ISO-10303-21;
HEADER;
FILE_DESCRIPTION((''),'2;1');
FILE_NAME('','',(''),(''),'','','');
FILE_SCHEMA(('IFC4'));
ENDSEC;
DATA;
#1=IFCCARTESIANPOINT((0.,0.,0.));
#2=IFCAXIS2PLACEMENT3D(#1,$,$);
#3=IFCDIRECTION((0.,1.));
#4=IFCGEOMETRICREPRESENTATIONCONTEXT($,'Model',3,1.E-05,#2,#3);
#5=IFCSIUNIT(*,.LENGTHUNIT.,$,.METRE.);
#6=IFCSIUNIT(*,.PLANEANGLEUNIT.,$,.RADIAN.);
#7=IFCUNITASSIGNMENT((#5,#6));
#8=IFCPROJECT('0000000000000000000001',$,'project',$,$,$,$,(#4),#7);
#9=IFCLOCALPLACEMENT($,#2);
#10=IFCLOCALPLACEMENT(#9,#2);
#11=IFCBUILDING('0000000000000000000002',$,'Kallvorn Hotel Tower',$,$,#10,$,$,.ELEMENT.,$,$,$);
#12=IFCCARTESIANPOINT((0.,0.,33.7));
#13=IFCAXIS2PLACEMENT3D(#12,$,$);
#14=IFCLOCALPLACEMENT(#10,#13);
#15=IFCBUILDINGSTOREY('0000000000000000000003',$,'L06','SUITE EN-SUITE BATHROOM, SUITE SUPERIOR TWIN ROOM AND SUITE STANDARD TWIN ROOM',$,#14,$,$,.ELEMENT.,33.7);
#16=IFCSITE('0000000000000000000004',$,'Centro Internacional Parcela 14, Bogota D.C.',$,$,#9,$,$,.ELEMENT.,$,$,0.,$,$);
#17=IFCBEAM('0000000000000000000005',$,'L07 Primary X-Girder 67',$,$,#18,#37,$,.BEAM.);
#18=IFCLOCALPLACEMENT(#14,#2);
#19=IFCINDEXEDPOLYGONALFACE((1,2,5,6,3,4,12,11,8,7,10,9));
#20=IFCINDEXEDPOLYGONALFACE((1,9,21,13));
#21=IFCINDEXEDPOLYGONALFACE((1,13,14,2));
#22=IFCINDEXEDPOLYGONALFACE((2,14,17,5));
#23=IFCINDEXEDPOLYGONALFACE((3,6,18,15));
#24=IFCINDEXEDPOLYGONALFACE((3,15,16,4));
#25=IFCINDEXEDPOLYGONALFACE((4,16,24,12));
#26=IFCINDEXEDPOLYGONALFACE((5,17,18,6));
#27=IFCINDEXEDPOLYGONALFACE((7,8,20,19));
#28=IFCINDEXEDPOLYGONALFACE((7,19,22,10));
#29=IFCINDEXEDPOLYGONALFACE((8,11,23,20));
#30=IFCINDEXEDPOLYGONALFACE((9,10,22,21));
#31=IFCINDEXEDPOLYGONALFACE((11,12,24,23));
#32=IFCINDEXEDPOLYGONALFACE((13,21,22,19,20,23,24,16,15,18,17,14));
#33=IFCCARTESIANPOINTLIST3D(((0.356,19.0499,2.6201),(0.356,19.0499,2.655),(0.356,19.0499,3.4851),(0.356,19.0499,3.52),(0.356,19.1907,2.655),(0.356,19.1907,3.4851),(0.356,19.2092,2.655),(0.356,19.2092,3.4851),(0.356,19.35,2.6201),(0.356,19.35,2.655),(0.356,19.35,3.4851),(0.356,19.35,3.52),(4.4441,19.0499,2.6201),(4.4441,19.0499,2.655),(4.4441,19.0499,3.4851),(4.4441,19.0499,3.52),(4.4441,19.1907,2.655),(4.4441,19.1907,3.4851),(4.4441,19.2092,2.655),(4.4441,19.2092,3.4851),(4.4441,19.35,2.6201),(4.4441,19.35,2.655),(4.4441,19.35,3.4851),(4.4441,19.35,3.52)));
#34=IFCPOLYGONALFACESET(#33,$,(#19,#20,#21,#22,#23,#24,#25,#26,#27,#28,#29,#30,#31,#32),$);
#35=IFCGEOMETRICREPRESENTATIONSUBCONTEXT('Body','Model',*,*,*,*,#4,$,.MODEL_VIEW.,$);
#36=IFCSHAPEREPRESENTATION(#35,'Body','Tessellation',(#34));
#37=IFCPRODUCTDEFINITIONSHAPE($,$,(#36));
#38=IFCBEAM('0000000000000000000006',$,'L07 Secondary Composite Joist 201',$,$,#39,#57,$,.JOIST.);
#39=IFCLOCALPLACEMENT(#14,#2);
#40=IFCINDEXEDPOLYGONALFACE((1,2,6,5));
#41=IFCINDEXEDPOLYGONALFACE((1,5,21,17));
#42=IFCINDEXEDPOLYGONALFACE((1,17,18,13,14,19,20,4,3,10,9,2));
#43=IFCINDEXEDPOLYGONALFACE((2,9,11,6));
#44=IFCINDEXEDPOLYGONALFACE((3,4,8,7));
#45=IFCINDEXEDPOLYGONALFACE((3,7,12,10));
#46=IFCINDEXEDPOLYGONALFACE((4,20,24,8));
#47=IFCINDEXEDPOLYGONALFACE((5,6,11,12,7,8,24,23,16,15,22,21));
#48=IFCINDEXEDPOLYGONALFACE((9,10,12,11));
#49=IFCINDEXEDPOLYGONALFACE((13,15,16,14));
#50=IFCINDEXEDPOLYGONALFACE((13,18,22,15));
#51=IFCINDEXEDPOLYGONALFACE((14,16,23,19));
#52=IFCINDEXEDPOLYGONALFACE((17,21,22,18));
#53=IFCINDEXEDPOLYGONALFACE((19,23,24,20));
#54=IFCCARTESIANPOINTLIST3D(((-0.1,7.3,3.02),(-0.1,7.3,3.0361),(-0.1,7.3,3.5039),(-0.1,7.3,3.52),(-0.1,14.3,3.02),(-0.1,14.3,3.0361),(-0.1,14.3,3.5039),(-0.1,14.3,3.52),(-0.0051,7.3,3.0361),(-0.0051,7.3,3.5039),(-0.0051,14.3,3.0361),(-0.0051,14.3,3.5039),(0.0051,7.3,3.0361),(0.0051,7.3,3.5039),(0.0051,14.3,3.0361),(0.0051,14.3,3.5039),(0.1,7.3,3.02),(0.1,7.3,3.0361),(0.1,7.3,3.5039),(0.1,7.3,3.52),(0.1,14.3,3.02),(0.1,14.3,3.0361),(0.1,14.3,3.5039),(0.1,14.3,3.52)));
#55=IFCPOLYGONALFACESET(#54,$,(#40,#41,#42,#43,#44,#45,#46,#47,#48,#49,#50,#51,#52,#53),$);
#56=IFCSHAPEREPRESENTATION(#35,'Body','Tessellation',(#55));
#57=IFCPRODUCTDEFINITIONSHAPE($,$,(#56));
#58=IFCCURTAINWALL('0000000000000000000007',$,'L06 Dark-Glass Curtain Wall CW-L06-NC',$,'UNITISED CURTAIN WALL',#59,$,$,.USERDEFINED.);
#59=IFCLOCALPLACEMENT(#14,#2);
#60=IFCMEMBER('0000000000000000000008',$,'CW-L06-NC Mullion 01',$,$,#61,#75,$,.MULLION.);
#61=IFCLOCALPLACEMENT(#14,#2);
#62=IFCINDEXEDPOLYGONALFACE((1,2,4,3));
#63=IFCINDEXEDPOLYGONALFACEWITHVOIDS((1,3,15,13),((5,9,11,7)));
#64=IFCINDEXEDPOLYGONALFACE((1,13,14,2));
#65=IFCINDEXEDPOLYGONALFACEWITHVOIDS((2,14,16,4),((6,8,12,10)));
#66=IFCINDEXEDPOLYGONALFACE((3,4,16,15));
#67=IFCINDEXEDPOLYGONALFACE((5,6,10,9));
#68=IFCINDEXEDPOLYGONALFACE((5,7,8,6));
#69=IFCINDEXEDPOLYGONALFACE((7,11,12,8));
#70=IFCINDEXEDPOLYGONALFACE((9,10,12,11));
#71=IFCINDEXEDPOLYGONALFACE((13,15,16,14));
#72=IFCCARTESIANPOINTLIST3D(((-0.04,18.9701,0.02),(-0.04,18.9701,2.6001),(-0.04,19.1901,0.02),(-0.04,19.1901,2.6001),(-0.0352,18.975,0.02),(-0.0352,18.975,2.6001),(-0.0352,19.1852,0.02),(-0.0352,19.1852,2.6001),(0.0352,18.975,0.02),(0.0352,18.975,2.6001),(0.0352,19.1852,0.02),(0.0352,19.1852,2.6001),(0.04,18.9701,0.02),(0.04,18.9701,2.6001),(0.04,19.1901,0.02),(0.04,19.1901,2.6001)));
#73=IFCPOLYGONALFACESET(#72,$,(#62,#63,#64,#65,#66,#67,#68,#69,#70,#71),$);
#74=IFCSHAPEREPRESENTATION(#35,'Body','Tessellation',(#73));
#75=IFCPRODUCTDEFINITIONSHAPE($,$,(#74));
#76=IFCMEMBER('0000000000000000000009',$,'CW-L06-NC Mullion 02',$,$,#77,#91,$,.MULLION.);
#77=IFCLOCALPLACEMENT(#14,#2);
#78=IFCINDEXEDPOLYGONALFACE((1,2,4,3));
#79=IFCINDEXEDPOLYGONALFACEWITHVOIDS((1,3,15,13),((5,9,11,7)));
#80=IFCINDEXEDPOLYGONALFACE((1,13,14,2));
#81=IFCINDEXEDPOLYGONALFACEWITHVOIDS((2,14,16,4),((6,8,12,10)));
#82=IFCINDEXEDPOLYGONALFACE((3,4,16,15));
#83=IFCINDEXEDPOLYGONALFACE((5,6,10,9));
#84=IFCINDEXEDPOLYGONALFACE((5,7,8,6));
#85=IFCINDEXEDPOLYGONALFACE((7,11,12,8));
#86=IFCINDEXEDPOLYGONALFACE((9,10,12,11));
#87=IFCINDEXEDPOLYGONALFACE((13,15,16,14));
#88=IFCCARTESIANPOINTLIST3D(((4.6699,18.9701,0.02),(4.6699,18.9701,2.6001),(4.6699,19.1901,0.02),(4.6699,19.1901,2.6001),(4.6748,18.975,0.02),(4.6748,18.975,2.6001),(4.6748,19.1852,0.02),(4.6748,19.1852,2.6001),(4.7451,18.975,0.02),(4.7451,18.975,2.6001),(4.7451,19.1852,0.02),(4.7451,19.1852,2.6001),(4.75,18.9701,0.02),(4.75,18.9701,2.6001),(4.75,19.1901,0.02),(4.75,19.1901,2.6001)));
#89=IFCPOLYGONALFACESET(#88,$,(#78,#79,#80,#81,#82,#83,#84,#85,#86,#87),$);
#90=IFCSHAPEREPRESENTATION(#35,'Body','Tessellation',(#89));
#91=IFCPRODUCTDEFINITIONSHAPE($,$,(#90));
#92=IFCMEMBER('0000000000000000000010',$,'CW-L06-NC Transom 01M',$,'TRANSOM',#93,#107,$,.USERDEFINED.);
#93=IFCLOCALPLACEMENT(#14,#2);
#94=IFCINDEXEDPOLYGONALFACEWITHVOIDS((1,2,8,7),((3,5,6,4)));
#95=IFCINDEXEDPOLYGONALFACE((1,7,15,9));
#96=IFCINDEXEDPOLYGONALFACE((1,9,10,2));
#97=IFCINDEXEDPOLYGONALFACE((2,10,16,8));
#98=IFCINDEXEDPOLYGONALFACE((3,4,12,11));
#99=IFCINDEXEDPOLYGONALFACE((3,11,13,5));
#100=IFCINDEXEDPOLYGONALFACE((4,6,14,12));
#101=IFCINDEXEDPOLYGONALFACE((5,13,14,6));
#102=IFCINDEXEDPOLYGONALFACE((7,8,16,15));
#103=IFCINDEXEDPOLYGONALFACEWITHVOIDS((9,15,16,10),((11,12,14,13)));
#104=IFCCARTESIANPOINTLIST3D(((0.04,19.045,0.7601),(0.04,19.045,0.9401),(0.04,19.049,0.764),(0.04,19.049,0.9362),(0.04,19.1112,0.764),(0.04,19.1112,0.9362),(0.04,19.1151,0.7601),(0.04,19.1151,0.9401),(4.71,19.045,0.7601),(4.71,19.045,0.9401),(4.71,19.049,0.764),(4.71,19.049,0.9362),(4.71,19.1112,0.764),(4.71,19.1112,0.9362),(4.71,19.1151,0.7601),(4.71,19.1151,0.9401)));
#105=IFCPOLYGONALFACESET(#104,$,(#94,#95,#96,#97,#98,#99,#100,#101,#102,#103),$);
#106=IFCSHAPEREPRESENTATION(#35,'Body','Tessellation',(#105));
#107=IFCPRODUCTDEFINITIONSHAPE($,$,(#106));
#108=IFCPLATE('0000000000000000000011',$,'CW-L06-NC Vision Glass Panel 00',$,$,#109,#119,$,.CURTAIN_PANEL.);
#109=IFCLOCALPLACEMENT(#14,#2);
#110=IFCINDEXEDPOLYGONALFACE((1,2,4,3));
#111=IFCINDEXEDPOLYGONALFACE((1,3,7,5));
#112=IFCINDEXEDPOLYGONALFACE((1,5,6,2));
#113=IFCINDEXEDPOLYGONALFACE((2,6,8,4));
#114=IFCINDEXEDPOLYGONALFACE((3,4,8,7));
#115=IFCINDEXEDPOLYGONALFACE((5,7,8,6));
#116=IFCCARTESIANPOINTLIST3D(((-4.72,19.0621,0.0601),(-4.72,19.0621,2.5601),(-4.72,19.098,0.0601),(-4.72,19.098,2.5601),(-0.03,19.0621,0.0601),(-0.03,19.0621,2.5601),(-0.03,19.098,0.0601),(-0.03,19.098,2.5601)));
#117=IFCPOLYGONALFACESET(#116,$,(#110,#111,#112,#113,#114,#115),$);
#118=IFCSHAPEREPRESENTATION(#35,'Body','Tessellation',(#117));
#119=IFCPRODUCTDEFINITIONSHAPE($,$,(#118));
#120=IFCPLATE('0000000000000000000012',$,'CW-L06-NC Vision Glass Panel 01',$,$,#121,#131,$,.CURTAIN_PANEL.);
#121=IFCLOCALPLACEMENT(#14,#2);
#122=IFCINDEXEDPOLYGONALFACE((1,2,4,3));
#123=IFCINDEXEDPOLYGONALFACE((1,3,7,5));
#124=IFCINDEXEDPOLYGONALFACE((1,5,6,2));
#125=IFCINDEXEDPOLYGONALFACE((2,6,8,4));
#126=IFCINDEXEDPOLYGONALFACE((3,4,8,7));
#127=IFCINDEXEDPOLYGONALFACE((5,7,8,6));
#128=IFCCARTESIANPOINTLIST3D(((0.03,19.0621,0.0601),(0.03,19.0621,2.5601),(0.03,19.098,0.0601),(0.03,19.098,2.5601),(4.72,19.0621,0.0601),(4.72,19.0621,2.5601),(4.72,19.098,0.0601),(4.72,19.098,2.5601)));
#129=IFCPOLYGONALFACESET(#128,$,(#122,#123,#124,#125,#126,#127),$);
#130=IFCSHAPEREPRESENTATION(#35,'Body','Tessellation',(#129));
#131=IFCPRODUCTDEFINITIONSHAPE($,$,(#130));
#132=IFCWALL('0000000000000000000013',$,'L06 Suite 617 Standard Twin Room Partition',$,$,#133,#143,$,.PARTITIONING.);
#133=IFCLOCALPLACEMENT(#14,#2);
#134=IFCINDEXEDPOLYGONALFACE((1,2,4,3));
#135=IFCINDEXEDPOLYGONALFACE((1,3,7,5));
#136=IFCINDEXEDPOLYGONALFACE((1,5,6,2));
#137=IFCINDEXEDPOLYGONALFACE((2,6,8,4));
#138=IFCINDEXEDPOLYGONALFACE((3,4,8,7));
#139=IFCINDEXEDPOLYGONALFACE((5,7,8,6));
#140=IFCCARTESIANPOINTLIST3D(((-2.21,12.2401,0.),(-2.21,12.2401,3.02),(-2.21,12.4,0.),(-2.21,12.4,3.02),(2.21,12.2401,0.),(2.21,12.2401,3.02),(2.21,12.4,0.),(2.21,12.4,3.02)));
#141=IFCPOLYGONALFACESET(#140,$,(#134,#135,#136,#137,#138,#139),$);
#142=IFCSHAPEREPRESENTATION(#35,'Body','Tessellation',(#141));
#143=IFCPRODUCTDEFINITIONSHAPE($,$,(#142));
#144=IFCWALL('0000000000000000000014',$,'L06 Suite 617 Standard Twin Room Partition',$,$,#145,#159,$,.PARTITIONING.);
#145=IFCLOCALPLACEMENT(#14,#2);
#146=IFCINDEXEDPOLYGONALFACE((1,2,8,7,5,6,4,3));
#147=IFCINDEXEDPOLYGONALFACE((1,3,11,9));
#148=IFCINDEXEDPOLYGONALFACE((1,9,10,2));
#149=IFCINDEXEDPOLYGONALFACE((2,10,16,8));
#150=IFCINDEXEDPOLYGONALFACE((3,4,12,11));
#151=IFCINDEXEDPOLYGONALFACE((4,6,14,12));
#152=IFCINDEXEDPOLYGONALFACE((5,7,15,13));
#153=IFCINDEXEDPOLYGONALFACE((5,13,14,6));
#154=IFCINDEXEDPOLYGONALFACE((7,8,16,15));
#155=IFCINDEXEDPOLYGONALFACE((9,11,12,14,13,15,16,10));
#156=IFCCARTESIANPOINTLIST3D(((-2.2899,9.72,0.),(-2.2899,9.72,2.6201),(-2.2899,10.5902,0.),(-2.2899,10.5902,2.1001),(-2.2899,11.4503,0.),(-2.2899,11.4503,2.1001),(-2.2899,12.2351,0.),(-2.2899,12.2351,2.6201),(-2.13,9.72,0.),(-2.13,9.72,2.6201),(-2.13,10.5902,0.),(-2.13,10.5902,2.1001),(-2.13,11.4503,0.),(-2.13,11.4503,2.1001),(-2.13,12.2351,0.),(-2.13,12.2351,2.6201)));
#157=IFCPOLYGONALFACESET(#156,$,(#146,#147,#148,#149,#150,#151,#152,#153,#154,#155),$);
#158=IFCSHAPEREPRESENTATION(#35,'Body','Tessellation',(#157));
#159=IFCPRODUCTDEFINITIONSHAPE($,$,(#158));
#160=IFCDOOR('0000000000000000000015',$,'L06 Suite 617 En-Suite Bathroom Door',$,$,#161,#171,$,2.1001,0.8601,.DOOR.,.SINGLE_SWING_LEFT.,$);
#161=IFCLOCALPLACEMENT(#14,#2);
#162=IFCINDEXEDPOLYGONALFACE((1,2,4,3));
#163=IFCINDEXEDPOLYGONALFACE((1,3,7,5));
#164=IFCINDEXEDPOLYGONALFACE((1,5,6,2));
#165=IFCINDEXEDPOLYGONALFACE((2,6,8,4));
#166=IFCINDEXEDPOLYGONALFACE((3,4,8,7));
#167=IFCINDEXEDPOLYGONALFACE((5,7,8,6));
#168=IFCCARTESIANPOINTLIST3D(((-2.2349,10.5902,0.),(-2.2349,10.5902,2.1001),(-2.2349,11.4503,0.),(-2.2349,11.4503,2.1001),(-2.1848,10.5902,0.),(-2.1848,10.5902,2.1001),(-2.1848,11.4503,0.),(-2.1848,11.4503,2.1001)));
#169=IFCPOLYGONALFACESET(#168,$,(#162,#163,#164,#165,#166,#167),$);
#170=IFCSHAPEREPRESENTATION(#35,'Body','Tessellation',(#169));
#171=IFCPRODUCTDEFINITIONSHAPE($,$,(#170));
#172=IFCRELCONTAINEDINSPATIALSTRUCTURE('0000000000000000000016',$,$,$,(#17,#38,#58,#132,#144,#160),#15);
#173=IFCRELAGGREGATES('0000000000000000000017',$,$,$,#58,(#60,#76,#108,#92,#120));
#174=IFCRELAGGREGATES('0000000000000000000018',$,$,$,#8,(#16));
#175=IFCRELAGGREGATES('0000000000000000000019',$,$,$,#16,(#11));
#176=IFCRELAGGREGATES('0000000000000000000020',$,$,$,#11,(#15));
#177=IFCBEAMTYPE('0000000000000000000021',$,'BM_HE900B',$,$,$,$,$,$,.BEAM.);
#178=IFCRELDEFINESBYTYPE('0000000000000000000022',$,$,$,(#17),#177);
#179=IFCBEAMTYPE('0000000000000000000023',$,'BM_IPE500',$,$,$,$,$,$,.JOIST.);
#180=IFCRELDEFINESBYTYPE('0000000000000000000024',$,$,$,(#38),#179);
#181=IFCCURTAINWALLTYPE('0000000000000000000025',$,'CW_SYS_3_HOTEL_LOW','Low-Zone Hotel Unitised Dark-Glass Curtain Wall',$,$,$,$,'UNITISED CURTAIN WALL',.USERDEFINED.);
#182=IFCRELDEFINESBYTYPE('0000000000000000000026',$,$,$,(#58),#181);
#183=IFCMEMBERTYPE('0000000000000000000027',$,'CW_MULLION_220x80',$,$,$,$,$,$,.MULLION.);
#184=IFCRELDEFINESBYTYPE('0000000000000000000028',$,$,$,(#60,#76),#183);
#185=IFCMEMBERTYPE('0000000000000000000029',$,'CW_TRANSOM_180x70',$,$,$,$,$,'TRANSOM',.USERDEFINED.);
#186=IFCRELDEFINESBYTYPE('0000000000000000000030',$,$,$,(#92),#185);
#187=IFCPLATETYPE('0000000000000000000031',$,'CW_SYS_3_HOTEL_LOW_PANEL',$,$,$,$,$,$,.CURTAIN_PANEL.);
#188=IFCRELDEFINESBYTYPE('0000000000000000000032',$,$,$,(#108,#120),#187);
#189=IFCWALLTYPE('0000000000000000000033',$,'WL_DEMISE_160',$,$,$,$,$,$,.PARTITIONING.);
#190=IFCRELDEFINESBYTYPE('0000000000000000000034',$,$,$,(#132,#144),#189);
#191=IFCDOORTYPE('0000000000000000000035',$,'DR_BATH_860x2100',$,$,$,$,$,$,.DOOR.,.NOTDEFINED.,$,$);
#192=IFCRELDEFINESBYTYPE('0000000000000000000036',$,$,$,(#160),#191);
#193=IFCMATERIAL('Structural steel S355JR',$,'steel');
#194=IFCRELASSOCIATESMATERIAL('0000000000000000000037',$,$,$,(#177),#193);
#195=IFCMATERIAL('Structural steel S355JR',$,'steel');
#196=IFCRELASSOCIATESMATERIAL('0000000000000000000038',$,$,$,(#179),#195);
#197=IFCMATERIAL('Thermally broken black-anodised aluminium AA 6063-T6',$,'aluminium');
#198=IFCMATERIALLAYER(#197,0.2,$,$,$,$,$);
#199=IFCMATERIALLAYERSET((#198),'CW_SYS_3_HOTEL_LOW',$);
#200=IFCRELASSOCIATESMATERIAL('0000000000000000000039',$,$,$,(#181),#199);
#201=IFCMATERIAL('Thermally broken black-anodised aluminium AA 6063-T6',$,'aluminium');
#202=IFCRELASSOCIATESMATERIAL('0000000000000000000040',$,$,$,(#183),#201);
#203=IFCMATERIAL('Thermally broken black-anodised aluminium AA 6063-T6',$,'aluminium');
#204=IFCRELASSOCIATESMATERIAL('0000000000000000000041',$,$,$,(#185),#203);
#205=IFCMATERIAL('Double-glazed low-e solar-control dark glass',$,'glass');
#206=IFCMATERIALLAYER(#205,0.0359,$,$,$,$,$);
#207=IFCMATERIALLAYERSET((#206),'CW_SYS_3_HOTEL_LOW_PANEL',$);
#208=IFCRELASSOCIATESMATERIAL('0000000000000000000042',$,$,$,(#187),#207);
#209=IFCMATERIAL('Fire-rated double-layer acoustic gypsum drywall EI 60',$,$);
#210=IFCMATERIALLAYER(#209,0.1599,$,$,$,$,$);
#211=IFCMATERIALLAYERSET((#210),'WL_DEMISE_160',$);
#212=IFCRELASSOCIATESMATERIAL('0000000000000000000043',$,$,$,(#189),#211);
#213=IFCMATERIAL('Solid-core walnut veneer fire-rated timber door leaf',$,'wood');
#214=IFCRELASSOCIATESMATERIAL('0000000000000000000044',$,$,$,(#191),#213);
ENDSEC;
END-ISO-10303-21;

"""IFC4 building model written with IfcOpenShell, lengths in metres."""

from ifc_helpers import new_model, si_unit, direction, frame, frame_2d, origin, origin_2d, place, context, subcontext, project, spatial, rectangle, hollow_rectangle, i_section, extrude, material, layer, layer_set, material_profile, profile_set, type_object, element, fill, aggregate, save


model = new_model("IFC4")

# Units and contexts
model_context = context("Model", 3, precision=1e-05, world=origin(), true_north=direction((0.0, 1.0)))
body_context = subcontext(model_context, "Body", "Model", "MODEL_VIEW")
ifc_project = project(units=[si_unit("LENGTHUNIT", "METRE"), si_unit("PLANEANGLEUNIT", "RADIAN")], contexts=[model_context])

# Site, building, storey
site_placement = place(None, origin())
site = spatial("IfcSite", under=ifc_project, at=site_placement, Name="Centro Internacional Parcela 14, Bogota D.C.", CompositionType="ELEMENT", RefElevation=0.0)
building_placement = place(site_placement, origin())
building = spatial("IfcBuilding", under=site, at=building_placement, Name="Kallvorn Hotel Tower", CompositionType="ELEMENT")
storey_placement = place(building_placement, frame((0.0, 0.0, 33.7)))
storey = spatial("IfcBuildingStorey", under=building, at=storey_placement, Name="L06", Description="SUITE EN-SUITE BATHROOM, SUITE SUPERIOR TWIN ROOM AND SUITE STANDARD TWIN ROOM", CompositionType="ELEMENT", Elevation=33.7)

# Beams
ifc_material_1 = material(Name="Structural steel S355JR", Category="steel")
ifc_material_profile_1 = material_profile(ifc_material_1, i_section(OverallWidth=0.3, OverallDepth=0.8999, WebThickness=0.0186, FlangeThickness=0.0349, at=origin_2d()), Name="HE 900 B")
ifc_profile_set_1 = profile_set([ifc_material_profile_1], Name="Structural steel S355JR")
beam_type_1 = type_object("IfcBeamType", Name="BM_HE900B", PredefinedType="BEAM", material=ifc_profile_set_1)
beam_1_placement = place(storey_placement, frame((0.356, 19.2, 3.0701), z_axis=(1.0, 0.0, 0.0), x_axis=(0.0, 1.0, 0.0)))
element("IfcBeam", 1, at=beam_1_placement, inside=storey, type_object=beam_type_1, Name="L07 Primary X-Girder 67", PredefinedType="BEAM", context=body_context, shape_type="SweptSolid", body=[
    extrude(i_section(OverallWidth=0.3, OverallDepth=0.8999, WebThickness=0.0186, FlangeThickness=0.0349, at=origin_2d()), origin(), (0.0, 0.0, 1.0), 4.0881),
])
ifc_material_2 = material(Name="Structural steel S355JR", Category="steel")
ifc_material_profile_2 = material_profile(ifc_material_2, i_section(OverallWidth=0.2, OverallDepth=0.5, WebThickness=0.0103, FlangeThickness=0.0161, at=origin_2d()), Name="IPE 500")
ifc_profile_set_2 = profile_set([ifc_material_profile_2], Name="Structural steel S355JR")
beam_type_2 = type_object("IfcBeamType", Name="BM_IPE500", PredefinedType="JOIST", material=ifc_profile_set_2)
beam_2_placement = place(storey_placement, frame((0.0, 7.3, 3.27), z_axis=(0.0, 1.0, 0.0), x_axis=(-1.0, 0.0, 0.0)))
element("IfcBeam", 2, at=beam_2_placement, inside=storey, type_object=beam_type_2, Name="L07 Secondary Composite Joist 201", PredefinedType="JOIST", context=body_context, shape_type="SweptSolid", body=[
    extrude(i_section(OverallWidth=0.2, OverallDepth=0.5, WebThickness=0.0103, FlangeThickness=0.0161, at=origin_2d()), origin(), (0.0, 0.0, 1.0), 7.0),
])

# Curtain wall, members, plates
ifc_material_3 = material(Name="Thermally broken black-anodised aluminium AA 6063-T6", Category="aluminium")
ifc_layer_1 = layer(ifc_material_3, 0.2)
ifc_layer_set_1 = layer_set([ifc_layer_1], Name="CW_SYS_3_HOTEL_LOW")
curtain_wall_type = type_object("IfcCurtainWallType", Name="CW_SYS_3_HOTEL_LOW", Description="Low-Zone Hotel Unitised Dark-Glass Curtain Wall", ElementType="UNITISED CURTAIN WALL", PredefinedType="USERDEFINED", material=ifc_layer_set_1)
curtain_wall_placement = place(storey_placement, origin())
curtain_wall = element("IfcCurtainWall", 3, at=curtain_wall_placement, inside=storey, type_object=curtain_wall_type, Name="L06 Dark-Glass Curtain Wall CW-L06-NC", ObjectType="UNITISED CURTAIN WALL", PredefinedType="USERDEFINED")
ifc_material_4 = material(Name="Thermally broken black-anodised aluminium AA 6063-T6", Category="aluminium")
ifc_material_profile_3 = material_profile(ifc_material_4, hollow_rectangle(XDim=0.0801, YDim=0.22, WallThickness=0.0049, at=origin_2d()), Name="MUL 220x80")
ifc_profile_set_3 = profile_set([ifc_material_profile_3], Name="Thermally broken black-anodised aluminium AA 6063-T6")
member_type_1 = type_object("IfcMemberType", Name="CW_MULLION_220x80", PredefinedType="MULLION", material=ifc_profile_set_3)
member_1_placement = place(storey_placement, frame((0.0, 19.0801, 0.02), z_axis=(0.0, 0.0, 1.0), x_axis=(1.0, 0.0, 0.0)))
member_1 = element("IfcMember", 4, at=member_1_placement, type_object=member_type_1, Name="CW-L06-NC Mullion 01", PredefinedType="MULLION", context=body_context, shape_type="SweptSolid", body=[
    extrude(hollow_rectangle(XDim=0.0801, YDim=0.22, WallThickness=0.0049, at=origin_2d()), origin(), (0.0, 0.0, 1.0), 2.5801),
])
member_2_placement = place(storey_placement, frame((4.71, 19.0801, 0.02), z_axis=(0.0, 0.0, 1.0), x_axis=(1.0, 0.0, 0.0)))
member_2 = element("IfcMember", 5, at=member_2_placement, type_object=member_type_1, Name="CW-L06-NC Mullion 02", PredefinedType="MULLION", context=body_context, shape_type="SweptSolid", body=[
    extrude(hollow_rectangle(XDim=0.0801, YDim=0.22, WallThickness=0.0049, at=origin_2d()), origin(), (0.0, 0.0, 1.0), 2.5801),
])
ifc_material_5 = material(Name="Thermally broken black-anodised aluminium AA 6063-T6", Category="aluminium")
ifc_material_profile_4 = material_profile(ifc_material_5, hollow_rectangle(XDim=0.0701, YDim=0.1799, WallThickness=0.0039, at=origin_2d()), Name="TRN 180x70")
ifc_profile_set_4 = profile_set([ifc_material_profile_4], Name="Thermally broken black-anodised aluminium AA 6063-T6")
member_type_2 = type_object("IfcMemberType", Name="CW_TRANSOM_180x70", ElementType="TRANSOM", PredefinedType="USERDEFINED", material=ifc_profile_set_4)
member_3_placement = place(storey_placement, frame((0.04, 19.0801, 0.8501), z_axis=(1.0, 0.0, 0.0), x_axis=(0.0, 1.0, 0.0)))
member_3 = element("IfcMember", 6, at=member_3_placement, type_object=member_type_2, Name="CW-L06-NC Transom 01M", ObjectType="TRANSOM", PredefinedType="USERDEFINED", context=body_context, shape_type="SweptSolid", body=[
    extrude(hollow_rectangle(XDim=0.0701, YDim=0.1799, WallThickness=0.0039, at=origin_2d()), origin(), (0.0, 0.0, 1.0), 4.6699),
])
ifc_material_6 = material(Name="Double-glazed low-e solar-control dark glass", Category="glass")
ifc_layer_2 = layer(ifc_material_6, 0.0359)
ifc_layer_set_2 = layer_set([ifc_layer_2], Name="CW_SYS_3_HOTEL_LOW_PANEL")
plate_type = type_object("IfcPlateType", Name="CW_SYS_3_HOTEL_LOW_PANEL", PredefinedType="CURTAIN_PANEL", material=ifc_layer_set_2)
plate_1_placement = place(storey_placement, frame((-2.375, 19.0801, 0.0601), z_axis=(0.0, 0.0, 1.0), x_axis=(1.0, 0.0, 0.0)))
plate_1 = element("IfcPlate", 7, at=plate_1_placement, type_object=plate_type, Name="CW-L06-NC Vision Glass Panel 00", PredefinedType="CURTAIN_PANEL", context=body_context, shape_type="SweptSolid", body=[
    extrude(rectangle(XDim=4.6899, YDim=0.0359, at=origin_2d()), origin(), (0.0, 0.0, 1.0), 2.5),
])
plate_2_placement = place(storey_placement, frame((2.375, 19.0801, 0.0601), z_axis=(0.0, 0.0, 1.0), x_axis=(1.0, 0.0, 0.0)))
plate_2 = element("IfcPlate", 8, at=plate_2_placement, type_object=plate_type, Name="CW-L06-NC Vision Glass Panel 01", PredefinedType="CURTAIN_PANEL", context=body_context, shape_type="SweptSolid", body=[
    extrude(rectangle(XDim=4.6899, YDim=0.0359, at=origin_2d()), origin(), (0.0, 0.0, 1.0), 2.5),
])
aggregate(curtain_wall, [member_1, member_2, plate_1, member_3, plate_2])

# Wall
ifc_material_7 = material(Name="Fire-rated double-layer acoustic gypsum drywall EI 60")
ifc_layer_3 = layer(ifc_material_7, 0.1599)
ifc_layer_set_3 = layer_set([ifc_layer_3], Name="WL_DEMISE_160")
wall_type_1 = type_object("IfcWallType", Name="WL_DEMISE_160", PredefinedType="PARTITIONING", material=ifc_layer_set_3)
wall_1_placement = place(storey_placement, frame((-2.21, 12.3201, 0.0), z_axis=(0.0, 0.0, 1.0), x_axis=(1.0, 0.0, 0.0)))
element("IfcWall", 9, at=wall_1_placement, inside=storey, type_object=wall_type_1, Name="L06 Suite 617 Standard Twin Room Partition", PredefinedType="PARTITIONING", context=body_context, shape_type="SweptSolid", body=[
    extrude(rectangle(XDim=4.4199, YDim=0.1599, at=frame_2d((2.21, 0.0))), origin(), (0.0, 0.0, 1.0), 3.02),
])

# Wall, opening, door
wall_2_placement = place(storey_placement, frame((-2.21, 9.72, 0.0), z_axis=(0.0, 0.0, 1.0), x_axis=(0.0, 1.0, 0.0)))
wall_2 = element("IfcWall", 10, at=wall_2_placement, inside=storey, type_object=wall_type_1, Name="L06 Suite 617 Standard Twin Room Partition", PredefinedType="PARTITIONING", context=body_context, shape_type="SweptSolid", body=[
    extrude(rectangle(XDim=2.5151, YDim=0.1599, at=frame_2d((1.2576, 0.0))), origin(), (0.0, 0.0, 1.0), 2.6201),
])
opening_1_placement = place(wall_2_placement, frame((0.8701, 0.0, 0.0)))
opening_1 = element("IfcOpeningElement", 11, at=opening_1_placement, cuts=wall_2, PredefinedType="OPENING", context=body_context, shape_type="SweptSolid", body=[
    extrude(rectangle(XDim=0.8601, YDim=2.1001, at=frame_2d((0.4302, 1.05))), frame((0.0, 0.095, 0.0), z_axis=(0.0, -1.0, 0.0), x_axis=(1.0, 0.0, 0.0)), (0.0, 0.0, 1.0), 0.1899),
])
ifc_material_8 = material(Name="Solid-core walnut veneer fire-rated timber door leaf", Category="wood")
door_type = type_object("IfcDoorType", Name="DR_BATH_860x2100", OperationType="NOTDEFINED", PredefinedType="DOOR", material=ifc_material_8)
door_1_placement = place(opening_1_placement, origin())
door_1 = element("IfcDoor", 12, at=door_1_placement, inside=storey, type_object=door_type, Name="L06 Suite 617 En-Suite Bathroom Door", OperationType="SINGLE_SWING_LEFT", OverallHeight=2.1001, OverallWidth=0.8601, PredefinedType="DOOR", context=body_context, shape_type="SweptSolid", body=[
    extrude(rectangle(XDim=0.8601, YDim=2.1001, at=frame_2d((0.4302, 1.05))), frame((0.0, 0.0249, 0.0), z_axis=(0.0, -1.0, 0.0), x_axis=(1.0, 0.0, 0.0)), (0.0, 0.0, 1.0), 0.05),
])
fill(opening_1, door_1)

save(model, "model.ifc")
